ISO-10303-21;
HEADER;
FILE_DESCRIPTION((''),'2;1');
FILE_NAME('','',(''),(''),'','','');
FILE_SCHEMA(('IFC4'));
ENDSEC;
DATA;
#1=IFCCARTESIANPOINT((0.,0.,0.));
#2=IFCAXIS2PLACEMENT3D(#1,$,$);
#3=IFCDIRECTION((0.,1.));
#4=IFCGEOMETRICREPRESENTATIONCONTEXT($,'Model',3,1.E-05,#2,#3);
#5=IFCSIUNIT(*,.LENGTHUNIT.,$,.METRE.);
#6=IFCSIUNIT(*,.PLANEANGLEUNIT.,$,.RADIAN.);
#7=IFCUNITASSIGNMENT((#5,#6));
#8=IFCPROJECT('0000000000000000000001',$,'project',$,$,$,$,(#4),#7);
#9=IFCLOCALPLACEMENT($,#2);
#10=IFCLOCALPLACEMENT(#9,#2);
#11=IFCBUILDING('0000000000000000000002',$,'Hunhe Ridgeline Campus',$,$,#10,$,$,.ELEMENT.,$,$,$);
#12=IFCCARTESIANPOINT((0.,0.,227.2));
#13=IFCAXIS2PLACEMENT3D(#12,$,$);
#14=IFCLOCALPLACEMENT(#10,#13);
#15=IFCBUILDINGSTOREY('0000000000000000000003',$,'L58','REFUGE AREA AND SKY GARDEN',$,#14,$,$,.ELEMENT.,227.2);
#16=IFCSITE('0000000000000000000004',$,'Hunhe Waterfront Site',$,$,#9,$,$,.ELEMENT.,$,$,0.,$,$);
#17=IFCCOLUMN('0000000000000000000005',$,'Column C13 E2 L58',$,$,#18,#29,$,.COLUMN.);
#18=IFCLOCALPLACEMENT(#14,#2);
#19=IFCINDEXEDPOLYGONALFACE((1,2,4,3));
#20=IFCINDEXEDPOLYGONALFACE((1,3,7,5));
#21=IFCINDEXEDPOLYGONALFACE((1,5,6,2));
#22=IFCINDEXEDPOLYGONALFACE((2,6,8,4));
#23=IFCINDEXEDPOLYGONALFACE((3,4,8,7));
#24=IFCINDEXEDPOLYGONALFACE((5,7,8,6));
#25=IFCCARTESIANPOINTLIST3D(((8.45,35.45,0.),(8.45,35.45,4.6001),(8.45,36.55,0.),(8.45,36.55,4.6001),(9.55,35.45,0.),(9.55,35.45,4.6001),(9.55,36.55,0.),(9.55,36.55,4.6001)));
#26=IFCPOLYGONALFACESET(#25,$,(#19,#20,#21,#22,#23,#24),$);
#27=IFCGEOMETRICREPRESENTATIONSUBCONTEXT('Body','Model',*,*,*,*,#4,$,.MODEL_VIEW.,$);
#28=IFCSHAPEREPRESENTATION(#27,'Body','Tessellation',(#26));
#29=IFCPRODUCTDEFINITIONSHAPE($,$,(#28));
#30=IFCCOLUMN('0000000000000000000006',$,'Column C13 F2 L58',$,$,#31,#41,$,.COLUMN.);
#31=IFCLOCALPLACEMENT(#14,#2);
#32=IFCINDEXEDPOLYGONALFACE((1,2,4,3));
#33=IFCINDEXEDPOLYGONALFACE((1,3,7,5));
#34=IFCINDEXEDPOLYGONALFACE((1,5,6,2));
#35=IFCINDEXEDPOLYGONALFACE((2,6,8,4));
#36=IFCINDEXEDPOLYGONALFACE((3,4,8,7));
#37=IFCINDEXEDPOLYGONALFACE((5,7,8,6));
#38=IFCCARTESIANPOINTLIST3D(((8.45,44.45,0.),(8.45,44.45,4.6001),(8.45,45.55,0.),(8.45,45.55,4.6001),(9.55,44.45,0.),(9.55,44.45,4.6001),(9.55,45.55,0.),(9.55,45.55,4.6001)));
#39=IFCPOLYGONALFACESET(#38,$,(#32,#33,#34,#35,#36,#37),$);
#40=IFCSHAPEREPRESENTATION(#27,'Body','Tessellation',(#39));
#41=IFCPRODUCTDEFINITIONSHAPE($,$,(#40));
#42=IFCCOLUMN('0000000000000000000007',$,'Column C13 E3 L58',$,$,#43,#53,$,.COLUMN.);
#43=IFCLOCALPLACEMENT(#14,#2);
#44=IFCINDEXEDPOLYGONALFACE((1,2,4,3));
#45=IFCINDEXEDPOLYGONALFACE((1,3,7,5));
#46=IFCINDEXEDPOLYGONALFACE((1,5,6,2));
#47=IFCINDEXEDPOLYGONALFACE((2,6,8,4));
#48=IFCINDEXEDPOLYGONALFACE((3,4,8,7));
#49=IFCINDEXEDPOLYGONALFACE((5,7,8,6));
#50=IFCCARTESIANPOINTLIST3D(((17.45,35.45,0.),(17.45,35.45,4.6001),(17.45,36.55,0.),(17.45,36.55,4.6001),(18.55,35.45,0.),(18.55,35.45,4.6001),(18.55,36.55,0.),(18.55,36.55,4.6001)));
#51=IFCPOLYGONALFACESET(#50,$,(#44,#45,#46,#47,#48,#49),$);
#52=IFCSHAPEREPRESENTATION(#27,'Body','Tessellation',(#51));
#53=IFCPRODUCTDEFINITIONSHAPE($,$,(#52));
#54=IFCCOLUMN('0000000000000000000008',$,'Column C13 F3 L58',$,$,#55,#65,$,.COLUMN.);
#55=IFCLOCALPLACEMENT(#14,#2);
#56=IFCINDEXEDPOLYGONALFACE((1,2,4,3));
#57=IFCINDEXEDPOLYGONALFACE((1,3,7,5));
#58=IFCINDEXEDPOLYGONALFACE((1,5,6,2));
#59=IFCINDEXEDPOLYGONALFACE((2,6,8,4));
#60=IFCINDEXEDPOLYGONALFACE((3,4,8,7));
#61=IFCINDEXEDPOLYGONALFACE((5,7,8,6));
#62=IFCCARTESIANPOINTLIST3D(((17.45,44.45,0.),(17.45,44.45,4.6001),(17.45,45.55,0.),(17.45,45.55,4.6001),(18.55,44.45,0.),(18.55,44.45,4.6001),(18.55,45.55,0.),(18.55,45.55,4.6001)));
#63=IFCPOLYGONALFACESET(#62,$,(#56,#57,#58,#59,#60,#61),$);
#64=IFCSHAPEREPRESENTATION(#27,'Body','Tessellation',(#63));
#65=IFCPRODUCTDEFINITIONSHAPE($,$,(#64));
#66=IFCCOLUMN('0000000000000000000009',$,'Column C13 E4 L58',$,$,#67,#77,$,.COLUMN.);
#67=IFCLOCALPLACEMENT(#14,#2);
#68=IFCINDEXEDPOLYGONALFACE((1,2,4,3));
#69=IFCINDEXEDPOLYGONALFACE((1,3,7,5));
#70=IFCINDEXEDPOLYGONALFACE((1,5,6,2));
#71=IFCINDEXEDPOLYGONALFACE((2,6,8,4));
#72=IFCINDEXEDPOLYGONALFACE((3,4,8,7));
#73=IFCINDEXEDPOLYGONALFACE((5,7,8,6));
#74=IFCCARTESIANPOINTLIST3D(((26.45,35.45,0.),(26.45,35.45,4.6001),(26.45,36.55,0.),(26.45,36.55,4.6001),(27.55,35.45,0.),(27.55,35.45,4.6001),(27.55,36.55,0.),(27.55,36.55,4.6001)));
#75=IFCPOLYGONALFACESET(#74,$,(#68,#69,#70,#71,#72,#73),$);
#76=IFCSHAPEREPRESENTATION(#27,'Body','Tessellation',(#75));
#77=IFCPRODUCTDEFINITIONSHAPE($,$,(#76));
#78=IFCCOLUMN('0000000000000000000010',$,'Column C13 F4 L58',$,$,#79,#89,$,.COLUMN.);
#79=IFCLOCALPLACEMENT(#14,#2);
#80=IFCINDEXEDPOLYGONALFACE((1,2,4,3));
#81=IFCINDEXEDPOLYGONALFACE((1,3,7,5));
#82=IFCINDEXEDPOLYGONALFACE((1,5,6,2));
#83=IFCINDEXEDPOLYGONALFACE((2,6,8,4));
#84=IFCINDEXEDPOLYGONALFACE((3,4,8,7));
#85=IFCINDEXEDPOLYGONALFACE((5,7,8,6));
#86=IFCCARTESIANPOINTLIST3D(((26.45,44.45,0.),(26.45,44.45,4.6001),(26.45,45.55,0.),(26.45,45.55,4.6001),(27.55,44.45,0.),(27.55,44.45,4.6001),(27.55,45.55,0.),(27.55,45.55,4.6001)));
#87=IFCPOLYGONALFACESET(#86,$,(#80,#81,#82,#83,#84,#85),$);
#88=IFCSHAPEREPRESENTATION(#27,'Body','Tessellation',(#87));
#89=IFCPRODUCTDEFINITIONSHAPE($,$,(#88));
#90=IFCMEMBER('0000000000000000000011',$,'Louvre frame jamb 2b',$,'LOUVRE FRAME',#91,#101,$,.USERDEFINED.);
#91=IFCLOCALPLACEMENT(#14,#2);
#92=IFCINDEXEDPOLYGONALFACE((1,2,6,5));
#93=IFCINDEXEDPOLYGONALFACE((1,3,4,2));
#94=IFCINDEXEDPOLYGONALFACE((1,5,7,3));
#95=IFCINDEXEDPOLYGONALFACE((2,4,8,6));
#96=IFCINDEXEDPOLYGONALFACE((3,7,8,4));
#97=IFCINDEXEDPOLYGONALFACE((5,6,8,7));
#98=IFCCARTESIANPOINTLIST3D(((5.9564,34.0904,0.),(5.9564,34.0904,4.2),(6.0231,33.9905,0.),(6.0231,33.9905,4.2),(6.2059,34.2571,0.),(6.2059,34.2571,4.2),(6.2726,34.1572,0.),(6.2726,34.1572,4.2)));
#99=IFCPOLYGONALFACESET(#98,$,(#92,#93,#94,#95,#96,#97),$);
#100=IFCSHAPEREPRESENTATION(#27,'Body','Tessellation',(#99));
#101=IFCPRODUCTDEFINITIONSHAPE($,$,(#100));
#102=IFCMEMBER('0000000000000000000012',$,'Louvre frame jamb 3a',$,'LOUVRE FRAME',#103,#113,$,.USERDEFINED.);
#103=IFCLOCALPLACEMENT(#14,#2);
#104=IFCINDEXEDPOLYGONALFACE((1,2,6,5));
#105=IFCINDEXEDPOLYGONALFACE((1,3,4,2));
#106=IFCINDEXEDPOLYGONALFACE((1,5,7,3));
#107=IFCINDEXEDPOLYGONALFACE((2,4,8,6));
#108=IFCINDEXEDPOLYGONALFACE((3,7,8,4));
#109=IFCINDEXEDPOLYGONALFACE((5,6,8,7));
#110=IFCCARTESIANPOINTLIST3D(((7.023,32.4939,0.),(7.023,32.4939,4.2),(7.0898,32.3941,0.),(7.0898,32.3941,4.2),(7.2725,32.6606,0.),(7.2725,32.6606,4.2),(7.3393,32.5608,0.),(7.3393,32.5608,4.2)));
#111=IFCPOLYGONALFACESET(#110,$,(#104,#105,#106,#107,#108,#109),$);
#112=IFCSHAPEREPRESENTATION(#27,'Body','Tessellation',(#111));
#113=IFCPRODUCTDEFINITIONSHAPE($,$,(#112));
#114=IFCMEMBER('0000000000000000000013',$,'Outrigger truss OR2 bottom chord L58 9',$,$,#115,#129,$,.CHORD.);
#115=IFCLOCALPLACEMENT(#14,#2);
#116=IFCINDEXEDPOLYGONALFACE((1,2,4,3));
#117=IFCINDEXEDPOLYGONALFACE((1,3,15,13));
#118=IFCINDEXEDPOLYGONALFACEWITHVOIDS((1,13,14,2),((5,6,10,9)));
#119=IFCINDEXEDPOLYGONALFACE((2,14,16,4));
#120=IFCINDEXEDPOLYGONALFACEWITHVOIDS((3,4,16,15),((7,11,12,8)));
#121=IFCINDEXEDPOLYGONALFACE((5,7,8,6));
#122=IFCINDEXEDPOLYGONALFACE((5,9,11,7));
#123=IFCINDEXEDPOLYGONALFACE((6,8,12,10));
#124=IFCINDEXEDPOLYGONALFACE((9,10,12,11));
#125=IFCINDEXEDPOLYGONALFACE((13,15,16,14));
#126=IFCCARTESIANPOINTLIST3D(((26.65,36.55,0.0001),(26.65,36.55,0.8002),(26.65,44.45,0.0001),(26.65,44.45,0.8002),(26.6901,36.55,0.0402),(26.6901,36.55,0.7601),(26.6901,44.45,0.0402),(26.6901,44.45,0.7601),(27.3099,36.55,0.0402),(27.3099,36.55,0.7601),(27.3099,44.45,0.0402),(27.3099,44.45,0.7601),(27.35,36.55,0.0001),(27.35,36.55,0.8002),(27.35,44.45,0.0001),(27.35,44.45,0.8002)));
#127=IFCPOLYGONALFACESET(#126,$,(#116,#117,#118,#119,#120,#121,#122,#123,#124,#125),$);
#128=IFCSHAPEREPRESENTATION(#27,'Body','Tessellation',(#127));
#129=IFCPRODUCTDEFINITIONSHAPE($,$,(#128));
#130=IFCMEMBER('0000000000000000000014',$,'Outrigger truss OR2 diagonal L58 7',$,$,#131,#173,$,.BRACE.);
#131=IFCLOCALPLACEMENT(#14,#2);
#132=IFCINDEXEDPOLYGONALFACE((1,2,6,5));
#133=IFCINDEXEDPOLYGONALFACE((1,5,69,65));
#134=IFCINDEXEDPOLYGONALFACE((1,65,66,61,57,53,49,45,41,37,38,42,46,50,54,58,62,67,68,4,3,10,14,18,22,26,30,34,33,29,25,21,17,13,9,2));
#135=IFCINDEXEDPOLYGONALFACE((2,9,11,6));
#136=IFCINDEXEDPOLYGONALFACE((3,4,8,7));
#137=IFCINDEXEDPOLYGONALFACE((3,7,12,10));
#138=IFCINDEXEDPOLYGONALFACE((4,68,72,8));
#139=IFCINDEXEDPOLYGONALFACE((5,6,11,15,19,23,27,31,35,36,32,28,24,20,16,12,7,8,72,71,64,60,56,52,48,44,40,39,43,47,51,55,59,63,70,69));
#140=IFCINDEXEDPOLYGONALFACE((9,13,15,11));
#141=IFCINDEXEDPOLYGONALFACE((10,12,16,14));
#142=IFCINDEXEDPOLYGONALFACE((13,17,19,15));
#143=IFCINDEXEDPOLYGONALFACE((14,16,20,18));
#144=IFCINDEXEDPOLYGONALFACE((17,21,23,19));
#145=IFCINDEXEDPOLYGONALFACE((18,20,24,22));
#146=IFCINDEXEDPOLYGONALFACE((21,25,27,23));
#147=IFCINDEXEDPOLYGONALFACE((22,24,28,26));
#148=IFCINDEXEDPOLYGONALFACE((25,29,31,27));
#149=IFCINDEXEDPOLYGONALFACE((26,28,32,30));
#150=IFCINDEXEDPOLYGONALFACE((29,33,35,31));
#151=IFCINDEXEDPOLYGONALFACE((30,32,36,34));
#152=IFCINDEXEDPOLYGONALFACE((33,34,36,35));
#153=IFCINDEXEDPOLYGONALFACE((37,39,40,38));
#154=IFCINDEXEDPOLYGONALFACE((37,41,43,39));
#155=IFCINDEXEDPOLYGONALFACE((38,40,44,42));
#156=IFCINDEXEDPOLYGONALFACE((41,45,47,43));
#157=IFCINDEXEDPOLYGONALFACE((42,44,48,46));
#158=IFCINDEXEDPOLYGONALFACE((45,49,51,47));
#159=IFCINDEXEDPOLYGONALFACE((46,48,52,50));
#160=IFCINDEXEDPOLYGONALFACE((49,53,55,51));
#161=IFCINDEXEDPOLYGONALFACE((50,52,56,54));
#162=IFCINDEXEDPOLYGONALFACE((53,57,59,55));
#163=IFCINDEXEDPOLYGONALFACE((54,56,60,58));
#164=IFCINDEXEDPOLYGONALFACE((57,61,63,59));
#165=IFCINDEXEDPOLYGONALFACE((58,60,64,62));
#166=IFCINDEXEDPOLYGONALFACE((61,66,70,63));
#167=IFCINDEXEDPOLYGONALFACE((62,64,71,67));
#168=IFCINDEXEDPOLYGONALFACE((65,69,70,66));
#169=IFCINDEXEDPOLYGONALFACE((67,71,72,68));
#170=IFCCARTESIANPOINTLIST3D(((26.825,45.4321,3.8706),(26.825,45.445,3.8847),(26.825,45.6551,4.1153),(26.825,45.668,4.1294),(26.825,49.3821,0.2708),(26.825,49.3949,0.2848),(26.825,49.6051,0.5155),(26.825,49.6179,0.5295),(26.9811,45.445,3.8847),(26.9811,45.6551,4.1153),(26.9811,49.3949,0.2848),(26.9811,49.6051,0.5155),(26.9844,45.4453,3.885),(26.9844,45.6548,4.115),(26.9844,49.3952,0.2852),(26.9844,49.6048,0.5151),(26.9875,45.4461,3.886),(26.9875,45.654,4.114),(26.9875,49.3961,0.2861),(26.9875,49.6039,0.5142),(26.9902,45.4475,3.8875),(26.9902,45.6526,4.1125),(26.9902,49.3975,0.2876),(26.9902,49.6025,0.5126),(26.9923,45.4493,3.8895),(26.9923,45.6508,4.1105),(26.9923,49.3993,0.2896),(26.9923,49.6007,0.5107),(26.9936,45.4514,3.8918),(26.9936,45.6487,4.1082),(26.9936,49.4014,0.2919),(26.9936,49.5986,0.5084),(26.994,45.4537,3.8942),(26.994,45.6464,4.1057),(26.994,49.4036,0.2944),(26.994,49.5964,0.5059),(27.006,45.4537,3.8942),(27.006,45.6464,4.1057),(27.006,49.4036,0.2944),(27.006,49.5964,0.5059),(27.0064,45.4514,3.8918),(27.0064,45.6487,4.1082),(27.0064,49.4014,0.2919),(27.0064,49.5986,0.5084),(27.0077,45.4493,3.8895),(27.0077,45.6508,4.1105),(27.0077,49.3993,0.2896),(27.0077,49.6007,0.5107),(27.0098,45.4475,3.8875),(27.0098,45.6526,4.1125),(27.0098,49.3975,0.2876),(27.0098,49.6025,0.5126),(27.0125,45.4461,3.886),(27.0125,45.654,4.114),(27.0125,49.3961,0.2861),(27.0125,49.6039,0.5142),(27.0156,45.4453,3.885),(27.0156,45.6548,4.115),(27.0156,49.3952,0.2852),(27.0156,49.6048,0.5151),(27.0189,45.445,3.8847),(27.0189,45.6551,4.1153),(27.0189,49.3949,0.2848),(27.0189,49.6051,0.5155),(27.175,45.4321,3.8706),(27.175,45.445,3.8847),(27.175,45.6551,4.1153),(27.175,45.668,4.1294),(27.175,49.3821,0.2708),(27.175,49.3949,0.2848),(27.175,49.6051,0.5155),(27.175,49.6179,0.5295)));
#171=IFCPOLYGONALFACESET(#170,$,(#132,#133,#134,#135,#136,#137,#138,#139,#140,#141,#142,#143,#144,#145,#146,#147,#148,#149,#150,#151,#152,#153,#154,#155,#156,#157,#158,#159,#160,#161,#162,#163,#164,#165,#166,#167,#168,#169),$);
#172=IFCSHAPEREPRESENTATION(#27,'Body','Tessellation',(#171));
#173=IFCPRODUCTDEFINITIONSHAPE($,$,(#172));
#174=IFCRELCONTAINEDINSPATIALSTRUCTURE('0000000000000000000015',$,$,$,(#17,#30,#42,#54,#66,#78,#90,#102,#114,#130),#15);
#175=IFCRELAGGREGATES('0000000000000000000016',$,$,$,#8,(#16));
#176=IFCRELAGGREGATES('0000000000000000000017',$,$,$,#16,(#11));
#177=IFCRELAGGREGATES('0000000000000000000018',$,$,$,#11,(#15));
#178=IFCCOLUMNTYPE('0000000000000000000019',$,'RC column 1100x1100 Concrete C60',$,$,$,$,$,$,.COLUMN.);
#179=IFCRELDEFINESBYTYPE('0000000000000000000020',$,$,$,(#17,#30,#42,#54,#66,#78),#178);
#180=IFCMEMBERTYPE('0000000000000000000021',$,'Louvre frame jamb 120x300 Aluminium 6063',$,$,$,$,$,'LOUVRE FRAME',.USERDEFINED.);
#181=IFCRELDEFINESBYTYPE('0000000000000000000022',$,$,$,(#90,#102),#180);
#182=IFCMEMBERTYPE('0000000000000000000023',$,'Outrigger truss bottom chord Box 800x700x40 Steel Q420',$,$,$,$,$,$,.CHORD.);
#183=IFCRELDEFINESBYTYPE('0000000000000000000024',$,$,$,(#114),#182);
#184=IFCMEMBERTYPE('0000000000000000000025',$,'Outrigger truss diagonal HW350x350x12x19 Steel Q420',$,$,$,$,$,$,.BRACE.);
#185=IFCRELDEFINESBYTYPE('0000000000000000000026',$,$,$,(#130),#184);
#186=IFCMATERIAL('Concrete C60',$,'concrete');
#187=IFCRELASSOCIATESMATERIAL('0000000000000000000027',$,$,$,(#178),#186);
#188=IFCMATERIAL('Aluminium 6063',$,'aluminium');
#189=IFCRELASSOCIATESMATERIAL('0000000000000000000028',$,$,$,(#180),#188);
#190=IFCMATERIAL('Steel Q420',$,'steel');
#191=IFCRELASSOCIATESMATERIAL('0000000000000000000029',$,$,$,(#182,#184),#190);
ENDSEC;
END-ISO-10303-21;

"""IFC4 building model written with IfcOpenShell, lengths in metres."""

from ifc_helpers import new_model, si_unit, direction, frame, origin, origin_2d, place, context, subcontext, project, spatial, rectangle, hollow_rectangle, i_section, extrude, material, material_profile, profile_set, type_object, element, save


model = new_model("IFC4")

# Units and contexts
model_context = context("Model", 3, precision=1e-05, world=origin(), true_north=direction((0.0, 1.0)))
body_context = subcontext(model_context, "Body", "Model", "MODEL_VIEW")
ifc_project = project(units=[si_unit("LENGTHUNIT", "METRE"), si_unit("PLANEANGLEUNIT", "RADIAN")], contexts=[model_context])

# Site, building, storey
site_placement = place(None, origin())
site = spatial("IfcSite", under=ifc_project, at=site_placement, Name="Hunhe Waterfront Site", CompositionType="ELEMENT", RefElevation=0.0)
building_placement = place(site_placement, origin())
building = spatial("IfcBuilding", under=site, at=building_placement, Name="Hunhe Ridgeline Campus", CompositionType="ELEMENT")
storey_placement = place(building_placement, frame((0.0, 0.0, 227.2)))
storey = spatial("IfcBuildingStorey", under=building, at=storey_placement, Name="L58", Description="REFUGE AREA AND SKY GARDEN", CompositionType="ELEMENT", Elevation=227.2)

# Columns
ifc_material_1 = material(Name="Concrete C60", Category="concrete")
ifc_material_profile_1 = material_profile(ifc_material_1, rectangle(XDim=1.1001, YDim=1.1001, at=origin_2d()))
ifc_profile_set_1 = profile_set([ifc_material_profile_1], Name="Concrete C60")
column_type = type_object("IfcColumnType", Name="RC column 1100x1100 Concrete C60", PredefinedType="COLUMN", material=ifc_profile_set_1)
for number, where, z_axis, x_axis, name in (
    (1, (9.0, 36.0, 0.0), (0.0, 0.0, 1.0), (1.0, 0.0, 0.0), "Column C13 E2 L58"),
    (2, (9.0, 45.0, 0.0), (0.0, 0.0, 1.0), (1.0, 0.0, 0.0), "Column C13 F2 L58"),
    (3, (18.0, 36.0, 0.0), (0.0, 0.0, 1.0), (1.0, 0.0, 0.0), "Column C13 E3 L58"),
    (4, (18.0, 45.0, 0.0), (0.0, 0.0, 1.0), (1.0, 0.0, 0.0), "Column C13 F3 L58"),
    (5, (27.0, 36.0, 0.0), (0.0, 0.0, 1.0), (1.0, 0.0, 0.0), "Column C13 E4 L58"),
    (6, (27.0, 45.0, 0.0), (0.0, 0.0, 1.0), (1.0, 0.0, 0.0), "Column C13 F4 L58"),
):
    element("IfcColumn", number, at=place(storey_placement, frame(where, z_axis=z_axis, x_axis=x_axis)), inside=storey, type_object=column_type, Name=name, PredefinedType="COLUMN", context=body_context, shape_type="SweptSolid", body=[
        extrude(rectangle(XDim=1.1001, YDim=1.1001, at=origin_2d()), origin(), (0.0, 0.0, 1.0), 4.6001),
    ])

# Members
ifc_material_2 = material(Name="Aluminium 6063", Category="aluminium")
ifc_material_profile_2 = material_profile(ifc_material_2, rectangle(XDim=0.3, YDim=0.1201, at=origin_2d()))
ifc_profile_set_2 = profile_set([ifc_material_profile_2], Name="Aluminium 6063")
member_type_1 = type_object("IfcMemberType", Name="Louvre frame jamb 120x300 Aluminium 6063", ElementType="LOUVRE FRAME", PredefinedType="USERDEFINED", material=ifc_profile_set_2)
for number, where, z_axis, x_axis, name in (
    (7, (6.1145, 34.1238, 0.0), (0.0, 0.0, 1.0), (0.83147, 0.55557, 0.0), "Louvre frame jamb 2b"),
    (8, (7.1812, 32.5273, 0.0), (0.0, 0.0, 1.0), (0.83147, 0.55557, 0.0), "Louvre frame jamb 3a"),
):
    element("IfcMember", number, at=place(storey_placement, frame(where, z_axis=z_axis, x_axis=x_axis)), inside=storey, type_object=member_type_1, Name=name, ObjectType="LOUVRE FRAME", PredefinedType="USERDEFINED", context=body_context, shape_type="SweptSolid", body=[
        extrude(rectangle(XDim=0.3, YDim=0.1201, at=origin_2d()), origin(), (0.0, 0.0, 1.0), 4.2),
    ])
ifc_material_3 = material(Name="Steel Q420", Category="steel")
ifc_material_profile_3 = material_profile(ifc_material_3, hollow_rectangle(XDim=0.7, YDim=0.8, WallThickness=0.04, at=origin_2d()))
ifc_profile_set_3 = profile_set([ifc_material_profile_3], Name="Steel Q420")
member_type_2 = type_object("IfcMemberType", Name="Outrigger truss bottom chord Box 800x700x40 Steel Q420", PredefinedType="CHORD", material=ifc_profile_set_3)
member_placement = place(storey_placement, frame((27.0, 44.45, 0.4001), z_axis=(0.0, -1.0, 0.0), x_axis=(1.0, 0.0, 0.0)))
element("IfcMember", 9, at=member_placement, inside=storey, type_object=member_type_2, Name="Outrigger truss OR2 bottom chord L58 9", PredefinedType="CHORD", context=body_context, shape_type="SweptSolid", body=[
    extrude(hollow_rectangle(XDim=0.7, YDim=0.8, WallThickness=0.04, at=origin_2d()), origin(), (0.0, 0.0, 1.0), 7.8999),
])
ifc_material_profile_4 = material_profile(ifc_material_3, i_section(OverallWidth=0.3501, OverallDepth=0.3501, WebThickness=0.012, FlangeThickness=0.019, FilletRadius=0.0129, at=origin_2d()))
ifc_profile_set_4 = profile_set([ifc_material_profile_4], Name="Steel Q420")
member_type_3 = type_object("IfcMemberType", Name="Outrigger truss diagonal HW350x350x12x19 Steel Q420", PredefinedType="BRACE", material=ifc_profile_set_4)
for number, where, z_axis, x_axis, name in (
    (10, (27.0, 49.5, 0.4001), (0.0, -0.739102, 0.673593), (1.0, 0.0, 0.0), "Outrigger truss OR2 diagonal L58 7"),
):
    element("IfcMember", number, at=place(storey_placement, frame(where, z_axis=z_axis, x_axis=x_axis)), inside=storey, type_object=member_type_3, Name=name, PredefinedType="BRACE", context=body_context, shape_type="SweptSolid", body=[
        extrude(i_section(OverallWidth=0.3501, OverallDepth=0.3501, WebThickness=0.012, FlangeThickness=0.019, FilletRadius=0.0129, at=origin_2d()), origin(), (0.0, 0.0, 1.0), 5.3442),
    ])

save(model, "model.ifc")
